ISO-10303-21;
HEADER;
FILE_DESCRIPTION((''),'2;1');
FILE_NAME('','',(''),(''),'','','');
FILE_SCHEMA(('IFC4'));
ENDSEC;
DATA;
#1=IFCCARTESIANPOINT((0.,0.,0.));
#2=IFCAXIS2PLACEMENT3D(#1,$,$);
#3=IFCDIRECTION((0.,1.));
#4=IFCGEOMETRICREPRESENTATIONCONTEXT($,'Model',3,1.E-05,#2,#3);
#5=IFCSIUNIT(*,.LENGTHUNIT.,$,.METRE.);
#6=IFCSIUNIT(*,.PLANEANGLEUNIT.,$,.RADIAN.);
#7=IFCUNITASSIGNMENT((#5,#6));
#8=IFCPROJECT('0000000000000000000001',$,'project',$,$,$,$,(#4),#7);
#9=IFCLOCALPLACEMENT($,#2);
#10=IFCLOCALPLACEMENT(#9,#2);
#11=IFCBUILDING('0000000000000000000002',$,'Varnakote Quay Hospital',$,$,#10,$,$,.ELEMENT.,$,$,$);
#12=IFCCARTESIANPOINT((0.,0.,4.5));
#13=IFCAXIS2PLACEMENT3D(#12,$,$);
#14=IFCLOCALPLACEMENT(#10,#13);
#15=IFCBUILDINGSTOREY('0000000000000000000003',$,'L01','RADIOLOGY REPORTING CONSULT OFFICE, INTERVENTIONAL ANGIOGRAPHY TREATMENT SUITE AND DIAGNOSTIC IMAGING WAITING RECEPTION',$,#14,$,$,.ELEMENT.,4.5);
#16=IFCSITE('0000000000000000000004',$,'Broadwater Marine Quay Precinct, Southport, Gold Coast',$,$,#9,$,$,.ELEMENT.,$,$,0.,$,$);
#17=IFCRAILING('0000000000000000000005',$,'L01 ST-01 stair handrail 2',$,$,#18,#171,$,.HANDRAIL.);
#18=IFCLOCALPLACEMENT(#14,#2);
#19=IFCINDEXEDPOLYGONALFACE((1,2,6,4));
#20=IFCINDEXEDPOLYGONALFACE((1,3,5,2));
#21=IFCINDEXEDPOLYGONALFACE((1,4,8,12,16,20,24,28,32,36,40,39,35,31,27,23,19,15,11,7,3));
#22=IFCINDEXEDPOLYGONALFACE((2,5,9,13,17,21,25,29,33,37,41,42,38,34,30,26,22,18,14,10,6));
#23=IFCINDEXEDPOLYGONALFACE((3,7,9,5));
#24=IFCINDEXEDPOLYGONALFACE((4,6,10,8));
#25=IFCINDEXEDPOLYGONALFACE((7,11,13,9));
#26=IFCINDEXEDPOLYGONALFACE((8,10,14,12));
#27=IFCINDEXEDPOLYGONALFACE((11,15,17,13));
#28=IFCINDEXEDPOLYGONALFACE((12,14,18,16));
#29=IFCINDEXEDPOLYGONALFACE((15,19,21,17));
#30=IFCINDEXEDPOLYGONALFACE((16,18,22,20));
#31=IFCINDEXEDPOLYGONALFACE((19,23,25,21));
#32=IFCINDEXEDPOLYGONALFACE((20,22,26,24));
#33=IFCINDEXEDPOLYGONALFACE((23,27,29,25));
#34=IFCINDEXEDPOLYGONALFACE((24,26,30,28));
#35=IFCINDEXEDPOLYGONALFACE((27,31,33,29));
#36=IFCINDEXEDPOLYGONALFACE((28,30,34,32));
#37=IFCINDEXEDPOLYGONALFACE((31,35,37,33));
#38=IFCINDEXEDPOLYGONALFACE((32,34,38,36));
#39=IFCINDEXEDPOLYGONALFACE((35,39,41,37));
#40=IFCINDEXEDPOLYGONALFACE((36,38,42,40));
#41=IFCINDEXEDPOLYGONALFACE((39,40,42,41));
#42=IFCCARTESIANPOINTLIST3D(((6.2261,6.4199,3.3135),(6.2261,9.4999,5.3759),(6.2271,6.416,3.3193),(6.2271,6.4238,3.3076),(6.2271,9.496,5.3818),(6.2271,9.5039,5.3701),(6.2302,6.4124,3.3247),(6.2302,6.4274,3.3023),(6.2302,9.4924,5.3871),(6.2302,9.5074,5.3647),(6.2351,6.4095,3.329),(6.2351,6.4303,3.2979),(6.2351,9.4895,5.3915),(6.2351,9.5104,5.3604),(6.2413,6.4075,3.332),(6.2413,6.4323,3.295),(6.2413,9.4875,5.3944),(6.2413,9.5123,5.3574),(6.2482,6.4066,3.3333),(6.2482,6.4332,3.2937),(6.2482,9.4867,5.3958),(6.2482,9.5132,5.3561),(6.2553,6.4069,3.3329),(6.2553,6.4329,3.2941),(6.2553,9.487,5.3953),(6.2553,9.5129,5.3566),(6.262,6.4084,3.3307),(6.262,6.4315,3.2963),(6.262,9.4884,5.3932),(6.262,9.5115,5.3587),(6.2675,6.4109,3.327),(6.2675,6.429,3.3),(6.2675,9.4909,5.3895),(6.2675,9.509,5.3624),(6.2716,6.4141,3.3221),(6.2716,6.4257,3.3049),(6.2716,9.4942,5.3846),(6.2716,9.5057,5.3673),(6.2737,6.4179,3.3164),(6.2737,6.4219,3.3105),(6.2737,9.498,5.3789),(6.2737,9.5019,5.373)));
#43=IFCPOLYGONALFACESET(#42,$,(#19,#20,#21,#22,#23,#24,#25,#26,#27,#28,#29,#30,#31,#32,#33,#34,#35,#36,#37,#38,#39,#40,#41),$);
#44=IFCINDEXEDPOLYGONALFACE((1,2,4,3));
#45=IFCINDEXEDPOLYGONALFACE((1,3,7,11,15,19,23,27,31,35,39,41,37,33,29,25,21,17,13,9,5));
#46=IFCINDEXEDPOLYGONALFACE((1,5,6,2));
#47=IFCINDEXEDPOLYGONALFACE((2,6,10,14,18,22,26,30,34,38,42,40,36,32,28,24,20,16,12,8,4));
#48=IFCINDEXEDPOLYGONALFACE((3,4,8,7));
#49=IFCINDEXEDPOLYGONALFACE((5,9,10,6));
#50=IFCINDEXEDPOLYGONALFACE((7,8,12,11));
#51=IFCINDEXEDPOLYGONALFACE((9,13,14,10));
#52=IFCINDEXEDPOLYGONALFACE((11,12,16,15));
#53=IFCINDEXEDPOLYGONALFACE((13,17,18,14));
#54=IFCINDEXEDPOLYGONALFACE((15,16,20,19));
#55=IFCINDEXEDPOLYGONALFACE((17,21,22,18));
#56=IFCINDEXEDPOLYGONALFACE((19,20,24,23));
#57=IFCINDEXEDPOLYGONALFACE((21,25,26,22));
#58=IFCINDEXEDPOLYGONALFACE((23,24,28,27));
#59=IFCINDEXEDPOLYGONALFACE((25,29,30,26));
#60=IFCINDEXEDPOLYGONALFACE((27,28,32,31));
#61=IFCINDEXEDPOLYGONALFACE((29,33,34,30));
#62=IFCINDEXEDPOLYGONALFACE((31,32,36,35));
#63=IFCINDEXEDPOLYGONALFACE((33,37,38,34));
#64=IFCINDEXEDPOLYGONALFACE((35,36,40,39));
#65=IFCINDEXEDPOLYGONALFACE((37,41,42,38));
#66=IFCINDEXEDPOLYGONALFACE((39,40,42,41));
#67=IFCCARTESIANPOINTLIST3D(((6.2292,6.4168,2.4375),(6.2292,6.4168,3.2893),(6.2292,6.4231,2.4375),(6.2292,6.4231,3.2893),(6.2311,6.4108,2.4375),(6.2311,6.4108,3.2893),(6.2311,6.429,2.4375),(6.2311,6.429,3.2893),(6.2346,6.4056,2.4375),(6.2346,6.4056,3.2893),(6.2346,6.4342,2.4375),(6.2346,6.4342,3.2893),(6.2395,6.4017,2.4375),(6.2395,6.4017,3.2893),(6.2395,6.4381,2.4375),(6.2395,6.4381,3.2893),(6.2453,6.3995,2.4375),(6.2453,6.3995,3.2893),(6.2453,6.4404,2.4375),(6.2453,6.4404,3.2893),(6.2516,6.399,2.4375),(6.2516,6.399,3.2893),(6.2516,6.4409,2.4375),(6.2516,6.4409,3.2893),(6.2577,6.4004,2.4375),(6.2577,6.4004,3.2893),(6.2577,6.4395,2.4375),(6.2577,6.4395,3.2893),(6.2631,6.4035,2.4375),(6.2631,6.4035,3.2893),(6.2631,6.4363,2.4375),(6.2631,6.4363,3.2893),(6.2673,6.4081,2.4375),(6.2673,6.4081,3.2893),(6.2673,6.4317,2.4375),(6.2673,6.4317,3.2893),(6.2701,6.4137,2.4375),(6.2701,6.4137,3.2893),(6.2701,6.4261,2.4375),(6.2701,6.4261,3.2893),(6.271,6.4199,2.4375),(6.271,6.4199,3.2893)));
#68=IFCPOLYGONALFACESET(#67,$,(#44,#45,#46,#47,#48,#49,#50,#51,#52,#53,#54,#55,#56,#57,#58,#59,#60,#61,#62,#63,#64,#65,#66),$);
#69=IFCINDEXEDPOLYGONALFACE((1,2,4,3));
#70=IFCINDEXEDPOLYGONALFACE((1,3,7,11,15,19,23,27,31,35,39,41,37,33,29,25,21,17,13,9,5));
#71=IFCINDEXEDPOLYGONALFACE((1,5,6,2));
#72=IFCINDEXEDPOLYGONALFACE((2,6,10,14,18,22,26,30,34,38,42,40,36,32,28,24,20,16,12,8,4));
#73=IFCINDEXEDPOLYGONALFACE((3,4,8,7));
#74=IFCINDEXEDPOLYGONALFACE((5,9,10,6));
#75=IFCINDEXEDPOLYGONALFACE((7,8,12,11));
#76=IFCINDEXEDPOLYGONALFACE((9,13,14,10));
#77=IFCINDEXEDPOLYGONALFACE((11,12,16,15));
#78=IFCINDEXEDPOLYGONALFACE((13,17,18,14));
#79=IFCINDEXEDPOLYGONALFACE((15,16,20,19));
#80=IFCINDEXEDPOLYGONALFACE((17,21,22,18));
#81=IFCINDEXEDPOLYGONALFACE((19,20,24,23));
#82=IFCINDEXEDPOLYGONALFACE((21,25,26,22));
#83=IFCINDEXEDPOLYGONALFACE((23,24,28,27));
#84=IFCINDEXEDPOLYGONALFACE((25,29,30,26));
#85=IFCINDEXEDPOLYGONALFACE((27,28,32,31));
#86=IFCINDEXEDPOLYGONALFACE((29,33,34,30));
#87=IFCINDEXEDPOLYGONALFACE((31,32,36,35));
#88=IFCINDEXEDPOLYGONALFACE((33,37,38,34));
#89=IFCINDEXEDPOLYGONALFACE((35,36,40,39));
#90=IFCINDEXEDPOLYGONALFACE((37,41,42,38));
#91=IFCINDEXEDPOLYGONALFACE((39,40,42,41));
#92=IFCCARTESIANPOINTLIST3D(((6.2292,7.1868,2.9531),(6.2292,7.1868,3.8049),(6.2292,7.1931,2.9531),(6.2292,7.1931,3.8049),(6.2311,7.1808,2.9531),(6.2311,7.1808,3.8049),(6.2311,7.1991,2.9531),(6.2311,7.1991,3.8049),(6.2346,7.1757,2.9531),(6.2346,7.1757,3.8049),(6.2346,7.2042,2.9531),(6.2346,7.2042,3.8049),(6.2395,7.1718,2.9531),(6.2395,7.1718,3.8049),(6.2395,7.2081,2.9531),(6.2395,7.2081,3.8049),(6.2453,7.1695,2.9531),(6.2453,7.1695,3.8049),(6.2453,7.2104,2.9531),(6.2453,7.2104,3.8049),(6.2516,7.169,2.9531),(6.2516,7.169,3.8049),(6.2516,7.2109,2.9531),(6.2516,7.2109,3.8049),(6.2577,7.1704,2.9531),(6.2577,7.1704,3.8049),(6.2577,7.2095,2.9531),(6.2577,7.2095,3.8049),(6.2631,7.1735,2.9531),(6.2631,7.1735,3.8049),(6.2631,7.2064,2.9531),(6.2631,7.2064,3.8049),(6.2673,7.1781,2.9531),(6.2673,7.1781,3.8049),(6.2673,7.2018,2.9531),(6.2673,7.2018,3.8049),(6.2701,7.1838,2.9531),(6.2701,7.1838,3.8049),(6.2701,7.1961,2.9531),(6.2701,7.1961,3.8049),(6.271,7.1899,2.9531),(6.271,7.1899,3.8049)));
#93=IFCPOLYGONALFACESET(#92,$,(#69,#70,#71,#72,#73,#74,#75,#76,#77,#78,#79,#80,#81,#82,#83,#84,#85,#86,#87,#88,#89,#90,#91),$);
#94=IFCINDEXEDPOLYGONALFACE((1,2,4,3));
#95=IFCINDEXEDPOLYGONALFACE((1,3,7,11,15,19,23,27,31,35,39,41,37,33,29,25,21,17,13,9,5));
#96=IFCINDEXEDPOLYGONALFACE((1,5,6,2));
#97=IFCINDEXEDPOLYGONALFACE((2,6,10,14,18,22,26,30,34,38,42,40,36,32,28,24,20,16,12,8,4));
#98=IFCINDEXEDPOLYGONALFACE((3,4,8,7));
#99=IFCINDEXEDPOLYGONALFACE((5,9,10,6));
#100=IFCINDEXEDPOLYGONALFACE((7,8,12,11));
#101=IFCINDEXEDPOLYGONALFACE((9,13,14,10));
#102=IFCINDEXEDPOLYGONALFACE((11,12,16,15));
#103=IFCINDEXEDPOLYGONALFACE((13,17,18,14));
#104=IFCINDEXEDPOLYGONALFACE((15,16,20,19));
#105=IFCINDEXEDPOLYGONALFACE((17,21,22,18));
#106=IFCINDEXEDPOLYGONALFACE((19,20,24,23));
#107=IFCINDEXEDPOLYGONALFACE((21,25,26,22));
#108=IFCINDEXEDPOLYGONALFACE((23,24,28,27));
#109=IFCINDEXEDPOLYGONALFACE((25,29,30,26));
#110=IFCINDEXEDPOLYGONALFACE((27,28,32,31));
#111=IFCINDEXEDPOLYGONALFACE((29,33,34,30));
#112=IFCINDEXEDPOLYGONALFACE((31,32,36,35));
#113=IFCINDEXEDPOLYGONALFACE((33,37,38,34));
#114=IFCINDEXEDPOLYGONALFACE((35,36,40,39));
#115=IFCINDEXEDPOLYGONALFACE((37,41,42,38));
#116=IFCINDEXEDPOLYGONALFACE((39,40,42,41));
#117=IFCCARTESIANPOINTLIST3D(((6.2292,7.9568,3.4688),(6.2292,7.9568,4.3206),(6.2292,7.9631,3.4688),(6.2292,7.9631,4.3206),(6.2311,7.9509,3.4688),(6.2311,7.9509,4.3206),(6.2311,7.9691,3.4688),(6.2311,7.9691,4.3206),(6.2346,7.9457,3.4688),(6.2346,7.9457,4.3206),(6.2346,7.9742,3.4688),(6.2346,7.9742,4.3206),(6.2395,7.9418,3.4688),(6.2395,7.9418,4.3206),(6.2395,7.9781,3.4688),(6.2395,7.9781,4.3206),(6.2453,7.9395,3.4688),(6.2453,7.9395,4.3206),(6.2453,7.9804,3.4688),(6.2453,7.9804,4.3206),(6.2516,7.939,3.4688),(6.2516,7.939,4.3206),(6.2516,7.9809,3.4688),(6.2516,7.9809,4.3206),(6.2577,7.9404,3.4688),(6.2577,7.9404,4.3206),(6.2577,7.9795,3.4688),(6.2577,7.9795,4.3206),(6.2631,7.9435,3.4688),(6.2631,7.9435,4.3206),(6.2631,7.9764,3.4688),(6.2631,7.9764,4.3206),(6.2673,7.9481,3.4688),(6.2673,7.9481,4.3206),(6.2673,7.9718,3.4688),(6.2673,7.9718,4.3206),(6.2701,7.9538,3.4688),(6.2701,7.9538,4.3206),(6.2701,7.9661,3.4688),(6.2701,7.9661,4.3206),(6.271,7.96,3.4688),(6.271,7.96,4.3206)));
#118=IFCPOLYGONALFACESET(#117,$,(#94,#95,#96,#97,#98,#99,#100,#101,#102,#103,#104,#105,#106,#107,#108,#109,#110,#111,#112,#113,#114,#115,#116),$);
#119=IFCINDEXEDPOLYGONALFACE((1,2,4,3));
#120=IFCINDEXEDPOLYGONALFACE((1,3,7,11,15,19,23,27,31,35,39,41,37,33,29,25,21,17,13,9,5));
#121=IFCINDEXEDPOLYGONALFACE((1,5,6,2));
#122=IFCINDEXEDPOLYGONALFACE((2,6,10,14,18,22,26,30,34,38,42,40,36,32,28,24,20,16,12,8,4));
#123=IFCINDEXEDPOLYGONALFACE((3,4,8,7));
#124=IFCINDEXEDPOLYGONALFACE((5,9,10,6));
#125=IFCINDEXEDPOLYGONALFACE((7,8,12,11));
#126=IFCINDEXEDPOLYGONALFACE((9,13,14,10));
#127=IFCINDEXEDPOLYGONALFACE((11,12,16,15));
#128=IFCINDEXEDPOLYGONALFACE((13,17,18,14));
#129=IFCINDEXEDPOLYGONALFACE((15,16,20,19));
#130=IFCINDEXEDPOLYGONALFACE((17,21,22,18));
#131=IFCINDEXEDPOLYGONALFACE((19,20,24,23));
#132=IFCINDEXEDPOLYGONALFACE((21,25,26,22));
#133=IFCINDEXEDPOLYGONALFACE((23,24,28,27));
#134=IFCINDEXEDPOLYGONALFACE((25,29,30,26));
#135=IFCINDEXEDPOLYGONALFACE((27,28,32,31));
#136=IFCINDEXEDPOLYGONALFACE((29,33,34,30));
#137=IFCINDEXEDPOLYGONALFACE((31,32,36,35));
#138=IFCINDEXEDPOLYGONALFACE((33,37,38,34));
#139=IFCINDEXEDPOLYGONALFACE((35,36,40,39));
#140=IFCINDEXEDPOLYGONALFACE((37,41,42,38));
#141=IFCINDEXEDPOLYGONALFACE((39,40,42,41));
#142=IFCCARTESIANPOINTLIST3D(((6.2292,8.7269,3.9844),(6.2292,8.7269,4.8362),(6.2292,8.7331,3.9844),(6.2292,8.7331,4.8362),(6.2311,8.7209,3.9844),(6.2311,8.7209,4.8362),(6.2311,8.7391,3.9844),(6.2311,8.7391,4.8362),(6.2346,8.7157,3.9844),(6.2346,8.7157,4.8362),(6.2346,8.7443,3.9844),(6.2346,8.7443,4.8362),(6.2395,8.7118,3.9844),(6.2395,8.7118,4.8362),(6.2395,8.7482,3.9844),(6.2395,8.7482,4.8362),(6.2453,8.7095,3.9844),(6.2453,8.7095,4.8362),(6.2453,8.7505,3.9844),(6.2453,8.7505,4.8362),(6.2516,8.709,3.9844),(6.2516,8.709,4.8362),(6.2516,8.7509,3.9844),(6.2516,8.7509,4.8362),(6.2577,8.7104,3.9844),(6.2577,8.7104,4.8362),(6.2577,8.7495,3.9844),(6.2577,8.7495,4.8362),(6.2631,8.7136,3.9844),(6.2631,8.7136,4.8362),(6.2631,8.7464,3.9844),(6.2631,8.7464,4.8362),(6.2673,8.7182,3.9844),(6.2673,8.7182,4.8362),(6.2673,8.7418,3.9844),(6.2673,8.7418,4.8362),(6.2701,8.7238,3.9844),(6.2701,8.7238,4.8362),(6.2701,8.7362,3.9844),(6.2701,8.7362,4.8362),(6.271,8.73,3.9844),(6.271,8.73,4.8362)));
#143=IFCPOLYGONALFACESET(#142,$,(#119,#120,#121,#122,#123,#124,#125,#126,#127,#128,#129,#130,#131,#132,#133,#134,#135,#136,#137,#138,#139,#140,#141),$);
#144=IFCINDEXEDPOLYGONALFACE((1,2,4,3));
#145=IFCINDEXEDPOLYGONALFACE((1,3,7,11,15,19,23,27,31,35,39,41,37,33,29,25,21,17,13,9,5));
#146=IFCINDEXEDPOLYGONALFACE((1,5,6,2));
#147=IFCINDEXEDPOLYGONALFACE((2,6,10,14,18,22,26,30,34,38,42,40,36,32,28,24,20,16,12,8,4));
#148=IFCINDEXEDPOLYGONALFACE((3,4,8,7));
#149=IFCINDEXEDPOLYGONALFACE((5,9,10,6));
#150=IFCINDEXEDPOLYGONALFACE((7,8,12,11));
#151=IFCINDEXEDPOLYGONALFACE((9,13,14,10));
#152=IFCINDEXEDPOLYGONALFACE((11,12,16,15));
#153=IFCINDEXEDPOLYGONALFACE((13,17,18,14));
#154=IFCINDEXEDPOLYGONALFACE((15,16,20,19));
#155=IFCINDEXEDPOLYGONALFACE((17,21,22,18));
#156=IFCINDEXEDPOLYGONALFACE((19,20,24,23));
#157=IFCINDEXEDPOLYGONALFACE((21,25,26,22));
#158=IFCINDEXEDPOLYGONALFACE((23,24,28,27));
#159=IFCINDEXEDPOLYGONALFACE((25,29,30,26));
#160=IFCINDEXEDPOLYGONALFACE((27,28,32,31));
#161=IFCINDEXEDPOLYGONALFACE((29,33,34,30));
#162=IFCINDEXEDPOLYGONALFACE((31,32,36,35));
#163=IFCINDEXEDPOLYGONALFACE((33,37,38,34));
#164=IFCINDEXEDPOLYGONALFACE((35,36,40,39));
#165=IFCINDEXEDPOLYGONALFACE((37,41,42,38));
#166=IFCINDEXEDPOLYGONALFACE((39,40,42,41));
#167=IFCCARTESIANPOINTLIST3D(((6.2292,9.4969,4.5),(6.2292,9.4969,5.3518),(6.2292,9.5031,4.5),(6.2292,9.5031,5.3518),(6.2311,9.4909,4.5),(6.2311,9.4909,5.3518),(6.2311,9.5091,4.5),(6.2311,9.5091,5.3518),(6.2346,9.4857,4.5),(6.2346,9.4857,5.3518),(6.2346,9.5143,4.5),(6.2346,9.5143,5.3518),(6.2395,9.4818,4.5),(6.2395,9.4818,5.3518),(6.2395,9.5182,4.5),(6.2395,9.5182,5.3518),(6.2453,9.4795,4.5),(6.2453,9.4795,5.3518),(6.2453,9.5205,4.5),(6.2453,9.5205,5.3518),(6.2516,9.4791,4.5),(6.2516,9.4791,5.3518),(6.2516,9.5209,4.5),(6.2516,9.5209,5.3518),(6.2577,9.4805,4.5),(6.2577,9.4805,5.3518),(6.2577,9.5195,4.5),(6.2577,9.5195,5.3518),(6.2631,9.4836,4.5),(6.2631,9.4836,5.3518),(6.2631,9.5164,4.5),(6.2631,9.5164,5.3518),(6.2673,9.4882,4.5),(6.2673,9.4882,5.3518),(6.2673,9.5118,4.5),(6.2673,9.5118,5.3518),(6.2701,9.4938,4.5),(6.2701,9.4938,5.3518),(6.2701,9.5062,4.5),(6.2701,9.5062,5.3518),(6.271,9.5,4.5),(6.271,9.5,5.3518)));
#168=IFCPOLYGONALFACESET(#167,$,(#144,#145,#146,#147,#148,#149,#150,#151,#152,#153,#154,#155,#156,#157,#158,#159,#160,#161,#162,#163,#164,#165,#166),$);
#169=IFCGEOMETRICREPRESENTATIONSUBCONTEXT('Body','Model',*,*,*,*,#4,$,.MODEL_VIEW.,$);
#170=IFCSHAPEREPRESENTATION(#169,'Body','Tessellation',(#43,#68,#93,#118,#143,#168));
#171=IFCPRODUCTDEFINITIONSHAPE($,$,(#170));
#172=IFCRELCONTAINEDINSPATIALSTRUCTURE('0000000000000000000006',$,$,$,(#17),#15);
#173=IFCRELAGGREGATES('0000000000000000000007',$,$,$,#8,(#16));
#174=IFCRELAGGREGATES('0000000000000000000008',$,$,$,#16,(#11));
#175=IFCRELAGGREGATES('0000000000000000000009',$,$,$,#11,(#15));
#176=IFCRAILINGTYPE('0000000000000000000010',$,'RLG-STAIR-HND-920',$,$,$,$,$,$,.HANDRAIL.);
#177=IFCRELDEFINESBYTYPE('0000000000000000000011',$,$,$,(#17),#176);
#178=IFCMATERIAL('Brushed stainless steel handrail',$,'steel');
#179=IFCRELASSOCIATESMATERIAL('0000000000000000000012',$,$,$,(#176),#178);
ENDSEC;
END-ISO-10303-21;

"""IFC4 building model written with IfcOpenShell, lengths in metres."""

from ifc_helpers import new_model, si_unit, direction, frame, origin, origin_2d, place, context, subcontext, project, spatial, circle, extrude, material, type_object, element, save


model = new_model("IFC4")

# Units and contexts
model_context = context("Model", 3, precision=1e-05, world=origin(), true_north=direction((0.0, 1.0)))
body_context = subcontext(model_context, "Body", "Model", "MODEL_VIEW")
ifc_project = project(units=[si_unit("LENGTHUNIT", "METRE"), si_unit("PLANEANGLEUNIT", "RADIAN")], contexts=[model_context])

# Site, building, storey
site_placement = place(None, origin())
site = spatial("IfcSite", under=ifc_project, at=site_placement, Name="Broadwater Marine Quay Precinct, Southport, Gold Coast", CompositionType="ELEMENT", RefElevation=0.0)
building_placement = place(site_placement, origin())
building = spatial("IfcBuilding", under=site, at=building_placement, Name="Varnakote Quay Hospital", CompositionType="ELEMENT")
storey_placement = place(building_placement, frame((0.0, 0.0, 4.5)))
storey = spatial("IfcBuildingStorey", under=building, at=storey_placement, Name="L01", Description="RADIOLOGY REPORTING CONSULT OFFICE, INTERVENTIONAL ANGIOGRAPHY TREATMENT SUITE AND DIAGNOSTIC IMAGING WAITING RECEPTION", CompositionType="ELEMENT", Elevation=4.5)

# Railing
ifc_material_1 = material(Name="Brushed stainless steel handrail", Category="steel")
railing_type_1 = type_object("IfcRailingType", Name="RLG-STAIR-HND-920", PredefinedType="HANDRAIL", material=ifc_material_1)
railing_1_placement = place(storey_placement, frame((6.25, 6.4199, 2.4375)))
element("IfcRailing", 1, at=railing_1_placement, inside=storey, type_object=railing_type_1, Name="L01 ST-01 stair handrail 2", PredefinedType="HANDRAIL", context=body_context, shape_type="SweptSolid", body=[
    extrude(circle(Radius=0.0239, at=origin_2d()), frame((0.0, 0.0, 0.876), z_axis=(0.0, 0.830914, 0.556401), x_axis=(-1.0, 0.0, 0.0)), (0.0, 0.0, 1.0), 3.7068),
    extrude(circle(Radius=0.021, at=origin_2d()), origin(), (0.0, 0.0, 1.0), 0.8518),
    extrude(circle(Radius=0.021, at=origin_2d()), frame((0.0, 0.77, 0.5156)), (0.0, 0.0, 1.0), 0.8518),
    extrude(circle(Radius=0.021, at=origin_2d()), frame((0.0, 1.54, 1.0312)), (0.0, 0.0, 1.0), 0.8518),
    extrude(circle(Radius=0.021, at=origin_2d()), frame((0.0, 2.3101, 1.5469)), (0.0, 0.0, 1.0), 0.8518),
    extrude(circle(Radius=0.021, at=origin_2d()), frame((0.0, 3.0801, 2.0625)), (0.0, 0.0, 1.0), 0.8518),
])

save(model, "model.ifc")
